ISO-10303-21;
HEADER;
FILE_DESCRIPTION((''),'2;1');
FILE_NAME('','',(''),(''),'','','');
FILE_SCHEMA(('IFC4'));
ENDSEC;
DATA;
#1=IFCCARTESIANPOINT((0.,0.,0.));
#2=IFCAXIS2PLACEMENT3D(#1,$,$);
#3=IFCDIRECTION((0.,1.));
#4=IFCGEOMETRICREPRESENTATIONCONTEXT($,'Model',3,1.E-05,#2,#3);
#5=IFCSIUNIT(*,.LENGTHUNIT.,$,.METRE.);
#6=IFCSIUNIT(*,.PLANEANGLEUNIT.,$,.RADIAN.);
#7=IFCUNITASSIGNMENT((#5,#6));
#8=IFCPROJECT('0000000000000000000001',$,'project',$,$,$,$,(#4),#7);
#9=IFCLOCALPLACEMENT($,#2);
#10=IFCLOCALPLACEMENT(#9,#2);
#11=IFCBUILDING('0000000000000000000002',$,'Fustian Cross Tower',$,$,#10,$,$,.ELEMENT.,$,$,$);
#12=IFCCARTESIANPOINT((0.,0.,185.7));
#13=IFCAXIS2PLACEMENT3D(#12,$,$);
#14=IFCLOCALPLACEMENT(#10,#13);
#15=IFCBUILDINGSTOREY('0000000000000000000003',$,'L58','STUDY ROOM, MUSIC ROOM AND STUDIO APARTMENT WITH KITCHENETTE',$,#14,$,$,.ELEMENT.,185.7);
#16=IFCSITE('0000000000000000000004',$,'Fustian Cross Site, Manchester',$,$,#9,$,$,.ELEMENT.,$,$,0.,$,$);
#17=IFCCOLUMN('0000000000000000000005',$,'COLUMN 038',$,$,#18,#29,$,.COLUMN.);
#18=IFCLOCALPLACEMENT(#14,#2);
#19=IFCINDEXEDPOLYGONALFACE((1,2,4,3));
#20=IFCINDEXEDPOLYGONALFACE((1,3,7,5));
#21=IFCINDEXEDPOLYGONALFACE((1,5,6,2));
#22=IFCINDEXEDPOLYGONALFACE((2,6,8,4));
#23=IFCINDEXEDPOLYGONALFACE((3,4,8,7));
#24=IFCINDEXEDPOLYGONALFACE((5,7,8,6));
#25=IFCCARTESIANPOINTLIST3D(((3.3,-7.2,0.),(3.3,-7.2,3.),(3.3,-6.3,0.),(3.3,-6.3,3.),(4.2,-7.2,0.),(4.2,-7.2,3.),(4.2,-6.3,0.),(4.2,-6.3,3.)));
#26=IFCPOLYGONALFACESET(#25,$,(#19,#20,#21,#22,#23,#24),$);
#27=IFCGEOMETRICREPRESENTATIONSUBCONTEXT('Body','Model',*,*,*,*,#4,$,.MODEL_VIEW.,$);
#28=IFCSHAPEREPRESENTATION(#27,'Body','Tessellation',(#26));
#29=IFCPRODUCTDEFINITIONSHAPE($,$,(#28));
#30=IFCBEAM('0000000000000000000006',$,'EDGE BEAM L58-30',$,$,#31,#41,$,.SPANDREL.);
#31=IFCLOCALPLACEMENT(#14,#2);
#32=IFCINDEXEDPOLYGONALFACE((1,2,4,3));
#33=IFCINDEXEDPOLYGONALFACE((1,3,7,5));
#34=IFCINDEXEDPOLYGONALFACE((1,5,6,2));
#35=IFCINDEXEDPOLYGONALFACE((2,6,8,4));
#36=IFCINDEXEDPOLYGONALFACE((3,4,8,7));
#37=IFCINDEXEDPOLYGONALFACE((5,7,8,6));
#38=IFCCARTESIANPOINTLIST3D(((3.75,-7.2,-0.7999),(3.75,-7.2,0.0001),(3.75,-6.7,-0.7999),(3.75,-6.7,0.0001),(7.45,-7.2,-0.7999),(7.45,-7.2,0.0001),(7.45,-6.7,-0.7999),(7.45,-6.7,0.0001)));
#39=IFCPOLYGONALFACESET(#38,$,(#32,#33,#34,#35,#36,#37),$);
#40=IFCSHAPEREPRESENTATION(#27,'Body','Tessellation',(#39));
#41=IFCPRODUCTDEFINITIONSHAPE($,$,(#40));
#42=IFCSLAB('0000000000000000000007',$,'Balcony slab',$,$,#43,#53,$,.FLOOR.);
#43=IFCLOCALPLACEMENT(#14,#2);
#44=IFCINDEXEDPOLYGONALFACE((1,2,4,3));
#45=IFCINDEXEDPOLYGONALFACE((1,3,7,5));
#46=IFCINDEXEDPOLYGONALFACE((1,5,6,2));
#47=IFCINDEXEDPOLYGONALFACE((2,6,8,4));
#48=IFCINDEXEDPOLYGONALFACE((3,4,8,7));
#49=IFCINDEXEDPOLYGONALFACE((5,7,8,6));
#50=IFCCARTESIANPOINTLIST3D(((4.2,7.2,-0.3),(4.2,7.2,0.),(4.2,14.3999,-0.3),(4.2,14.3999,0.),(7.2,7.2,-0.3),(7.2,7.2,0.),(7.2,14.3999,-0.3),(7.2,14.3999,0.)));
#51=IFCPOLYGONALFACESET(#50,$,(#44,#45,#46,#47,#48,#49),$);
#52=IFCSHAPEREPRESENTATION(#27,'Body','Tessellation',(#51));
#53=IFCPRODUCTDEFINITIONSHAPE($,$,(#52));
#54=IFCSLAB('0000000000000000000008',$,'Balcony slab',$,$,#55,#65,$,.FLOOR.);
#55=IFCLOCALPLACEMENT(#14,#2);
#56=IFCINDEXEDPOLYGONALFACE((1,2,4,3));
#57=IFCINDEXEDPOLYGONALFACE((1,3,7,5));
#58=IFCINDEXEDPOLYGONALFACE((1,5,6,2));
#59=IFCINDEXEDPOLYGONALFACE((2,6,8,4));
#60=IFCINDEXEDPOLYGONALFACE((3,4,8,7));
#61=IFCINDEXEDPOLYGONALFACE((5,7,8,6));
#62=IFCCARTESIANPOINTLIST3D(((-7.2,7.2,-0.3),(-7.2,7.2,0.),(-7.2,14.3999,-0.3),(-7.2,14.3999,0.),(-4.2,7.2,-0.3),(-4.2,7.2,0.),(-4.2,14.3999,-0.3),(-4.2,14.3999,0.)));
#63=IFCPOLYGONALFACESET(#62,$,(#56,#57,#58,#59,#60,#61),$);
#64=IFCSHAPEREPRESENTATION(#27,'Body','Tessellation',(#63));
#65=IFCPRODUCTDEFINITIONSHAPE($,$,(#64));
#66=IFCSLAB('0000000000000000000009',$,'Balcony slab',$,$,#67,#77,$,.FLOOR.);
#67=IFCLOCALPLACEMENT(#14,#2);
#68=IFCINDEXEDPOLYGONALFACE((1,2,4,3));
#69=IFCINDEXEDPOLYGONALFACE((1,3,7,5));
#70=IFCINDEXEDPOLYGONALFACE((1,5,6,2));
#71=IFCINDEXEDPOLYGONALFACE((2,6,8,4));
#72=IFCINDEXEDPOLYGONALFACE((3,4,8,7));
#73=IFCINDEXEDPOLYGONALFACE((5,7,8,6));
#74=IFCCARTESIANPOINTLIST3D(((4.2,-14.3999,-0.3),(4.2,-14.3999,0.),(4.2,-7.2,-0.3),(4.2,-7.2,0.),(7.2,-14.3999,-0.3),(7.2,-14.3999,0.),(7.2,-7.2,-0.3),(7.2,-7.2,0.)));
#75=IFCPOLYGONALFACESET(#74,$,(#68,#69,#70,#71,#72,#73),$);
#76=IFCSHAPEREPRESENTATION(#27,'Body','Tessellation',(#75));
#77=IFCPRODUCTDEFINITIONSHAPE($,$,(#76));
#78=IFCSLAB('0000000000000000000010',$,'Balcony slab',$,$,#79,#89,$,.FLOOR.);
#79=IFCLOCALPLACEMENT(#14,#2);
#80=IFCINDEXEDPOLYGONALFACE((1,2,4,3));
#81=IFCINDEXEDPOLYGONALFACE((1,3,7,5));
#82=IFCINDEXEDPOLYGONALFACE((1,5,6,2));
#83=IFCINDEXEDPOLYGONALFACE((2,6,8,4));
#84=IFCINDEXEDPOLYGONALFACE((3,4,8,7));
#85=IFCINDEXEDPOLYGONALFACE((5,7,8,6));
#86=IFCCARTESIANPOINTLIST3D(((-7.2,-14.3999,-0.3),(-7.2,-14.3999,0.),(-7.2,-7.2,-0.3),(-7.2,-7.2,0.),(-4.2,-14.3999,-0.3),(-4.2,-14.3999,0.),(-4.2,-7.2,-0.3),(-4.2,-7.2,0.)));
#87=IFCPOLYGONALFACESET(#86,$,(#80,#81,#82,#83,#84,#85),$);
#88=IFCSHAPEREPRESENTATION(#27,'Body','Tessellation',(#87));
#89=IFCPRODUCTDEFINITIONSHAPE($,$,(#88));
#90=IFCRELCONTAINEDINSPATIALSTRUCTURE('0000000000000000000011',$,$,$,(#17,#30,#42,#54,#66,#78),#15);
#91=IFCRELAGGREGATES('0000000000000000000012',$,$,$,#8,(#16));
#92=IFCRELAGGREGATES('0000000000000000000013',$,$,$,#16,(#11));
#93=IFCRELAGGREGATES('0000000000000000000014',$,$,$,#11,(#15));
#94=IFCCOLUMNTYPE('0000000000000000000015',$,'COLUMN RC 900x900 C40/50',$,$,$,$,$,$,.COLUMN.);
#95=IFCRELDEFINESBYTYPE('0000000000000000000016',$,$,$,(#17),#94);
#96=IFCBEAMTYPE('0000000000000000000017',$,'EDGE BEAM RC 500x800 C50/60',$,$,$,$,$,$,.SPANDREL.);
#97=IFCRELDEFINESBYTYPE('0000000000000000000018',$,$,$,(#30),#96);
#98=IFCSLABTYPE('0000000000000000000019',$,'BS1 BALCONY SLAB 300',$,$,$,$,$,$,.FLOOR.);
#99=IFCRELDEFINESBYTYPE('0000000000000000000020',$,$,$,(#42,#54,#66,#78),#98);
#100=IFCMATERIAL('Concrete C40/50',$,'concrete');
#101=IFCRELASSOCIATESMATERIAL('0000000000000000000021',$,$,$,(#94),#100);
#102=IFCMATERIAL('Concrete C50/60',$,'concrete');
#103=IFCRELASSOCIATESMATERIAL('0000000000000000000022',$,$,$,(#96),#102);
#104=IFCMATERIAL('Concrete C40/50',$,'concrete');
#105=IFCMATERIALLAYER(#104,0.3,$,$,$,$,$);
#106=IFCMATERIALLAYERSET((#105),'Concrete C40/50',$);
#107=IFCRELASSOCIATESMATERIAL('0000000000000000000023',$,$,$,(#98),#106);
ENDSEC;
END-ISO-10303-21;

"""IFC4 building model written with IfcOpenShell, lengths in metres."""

from ifc_helpers import new_model, si_unit, direction, frame, origin, origin_2d, place, context, subcontext, project, spatial, polyline, rectangle, outline, extrude, material, layer, layer_set, material_profile, profile_set, type_object, element, save


model = new_model("IFC4")

# Units and contexts
model_context = context("Model", 3, precision=1e-05, world=origin(), true_north=direction((0.0, 1.0)))
body_context = subcontext(model_context, "Body", "Model", "MODEL_VIEW")
ifc_project = project(units=[si_unit("LENGTHUNIT", "METRE"), si_unit("PLANEANGLEUNIT", "RADIAN")], contexts=[model_context])

# Site, building, storey
site_placement = place(None, origin())
site = spatial("IfcSite", under=ifc_project, at=site_placement, Name="Fustian Cross Site, Manchester", CompositionType="ELEMENT", RefElevation=0.0)
building_placement = place(site_placement, origin())
building = spatial("IfcBuilding", under=site, at=building_placement, Name="Fustian Cross Tower", CompositionType="ELEMENT")
storey_placement = place(building_placement, frame((0.0, 0.0, 185.7)))
storey = spatial("IfcBuildingStorey", under=building, at=storey_placement, Name="L58", Description="STUDY ROOM, MUSIC ROOM AND STUDIO APARTMENT WITH KITCHENETTE", CompositionType="ELEMENT", Elevation=185.7)

# Column
ifc_material_1 = material(Name="Concrete C40/50", Category="concrete")
ifc_material_profile_1 = material_profile(ifc_material_1, rectangle(XDim=0.8999, YDim=0.8999, at=origin_2d()), Name="RC 900x900")
ifc_profile_set_1 = profile_set([ifc_material_profile_1], Name="Concrete C40/50")
column_type = type_object("IfcColumnType", Name="COLUMN RC 900x900 C40/50", PredefinedType="COLUMN", material=ifc_profile_set_1)
column_placement = place(storey_placement, frame((3.75, -6.75, 0.0), z_axis=(0.0, 0.0, 1.0), x_axis=(1.0, 0.0, 0.0)))
element("IfcColumn", 1, at=column_placement, inside=storey, type_object=column_type, Name="COLUMN 038", PredefinedType="COLUMN", context=body_context, shape_type="SweptSolid", body=[
    extrude(rectangle(XDim=0.8999, YDim=0.8999, at=origin_2d()), origin(), (0.0, 0.0, 1.0), 3.0),
])

# Beam
ifc_material_2 = material(Name="Concrete C50/60", Category="concrete")
ifc_material_profile_2 = material_profile(ifc_material_2, rectangle(XDim=0.5, YDim=0.8, at=origin_2d()), Name="RC 500x800")
ifc_profile_set_2 = profile_set([ifc_material_profile_2], Name="Concrete C50/60")
beam_type = type_object("IfcBeamType", Name="EDGE BEAM RC 500x800 C50/60", PredefinedType="SPANDREL", material=ifc_profile_set_2)
beam_placement = place(storey_placement, frame((3.75, -6.95, -0.3999), z_axis=(1.0, 0.0, 0.0), x_axis=(0.0, 1.0, 0.0)))
element("IfcBeam", 2, at=beam_placement, inside=storey, type_object=beam_type, Name="EDGE BEAM L58-30", PredefinedType="SPANDREL", context=body_context, shape_type="SweptSolid", body=[
    extrude(rectangle(XDim=0.5, YDim=0.8, at=origin_2d()), origin(), (0.0, 0.0, 1.0), 3.7),
])

# Slabs
ifc_material_3 = material(Name="Concrete C40/50", Category="concrete")
ifc_layer_1 = layer(ifc_material_3, 0.3)
ifc_layer_set_1 = layer_set([ifc_layer_1], Name="Concrete C40/50")
slab_type_1 = type_object("IfcSlabType", Name="BS1 BALCONY SLAB 300", PredefinedType="FLOOR", material=ifc_layer_set_1)
slab_1_placement = place(storey_placement, frame((0.0, 0.0, -0.3)))
element("IfcSlab", 3, at=slab_1_placement, inside=storey, type_object=slab_type_1, Name="Balcony slab", PredefinedType="FLOOR", context=body_context, shape_type="SweptSolid", body=[
    extrude(outline(polyline([(4.2, 7.2), (7.2, 7.2), (7.2, 14.3999), (4.2, 14.3999), (4.2, 7.2)])), origin(), (0.0, 0.0, 1.0), 0.3),
])
slab_2_placement = place(storey_placement, frame((0.0, 0.0, -0.3)))
element("IfcSlab", 4, at=slab_2_placement, inside=storey, type_object=slab_type_1, Name="Balcony slab", PredefinedType="FLOOR", context=body_context, shape_type="SweptSolid", body=[
    extrude(outline(polyline([(-7.2, 7.2), (-4.2, 7.2), (-4.2, 14.3999), (-7.2, 14.3999), (-7.2, 7.2)])), origin(), (0.0, 0.0, 1.0), 0.3),
])
slab_3_placement = place(storey_placement, frame((0.0, 0.0, -0.3)))
element("IfcSlab", 5, at=slab_3_placement, inside=storey, type_object=slab_type_1, Name="Balcony slab", PredefinedType="FLOOR", context=body_context, shape_type="SweptSolid", body=[
    extrude(outline(polyline([(4.2, -14.3999), (7.2, -14.3999), (7.2, -7.2), (4.2, -7.2), (4.2, -14.3999)])), origin(), (0.0, 0.0, 1.0), 0.3),
])
slab_4_placement = place(storey_placement, frame((0.0, 0.0, -0.3)))
element("IfcSlab", 6, at=slab_4_placement, inside=storey, type_object=slab_type_1, Name="Balcony slab", PredefinedType="FLOOR", context=body_context, shape_type="SweptSolid", body=[
    extrude(outline(polyline([(-7.2, -14.3999), (-4.2, -14.3999), (-4.2, -7.2), (-7.2, -7.2), (-7.2, -14.3999)])), origin(), (0.0, 0.0, 1.0), 0.3),
])

save(model, "model.ifc")
